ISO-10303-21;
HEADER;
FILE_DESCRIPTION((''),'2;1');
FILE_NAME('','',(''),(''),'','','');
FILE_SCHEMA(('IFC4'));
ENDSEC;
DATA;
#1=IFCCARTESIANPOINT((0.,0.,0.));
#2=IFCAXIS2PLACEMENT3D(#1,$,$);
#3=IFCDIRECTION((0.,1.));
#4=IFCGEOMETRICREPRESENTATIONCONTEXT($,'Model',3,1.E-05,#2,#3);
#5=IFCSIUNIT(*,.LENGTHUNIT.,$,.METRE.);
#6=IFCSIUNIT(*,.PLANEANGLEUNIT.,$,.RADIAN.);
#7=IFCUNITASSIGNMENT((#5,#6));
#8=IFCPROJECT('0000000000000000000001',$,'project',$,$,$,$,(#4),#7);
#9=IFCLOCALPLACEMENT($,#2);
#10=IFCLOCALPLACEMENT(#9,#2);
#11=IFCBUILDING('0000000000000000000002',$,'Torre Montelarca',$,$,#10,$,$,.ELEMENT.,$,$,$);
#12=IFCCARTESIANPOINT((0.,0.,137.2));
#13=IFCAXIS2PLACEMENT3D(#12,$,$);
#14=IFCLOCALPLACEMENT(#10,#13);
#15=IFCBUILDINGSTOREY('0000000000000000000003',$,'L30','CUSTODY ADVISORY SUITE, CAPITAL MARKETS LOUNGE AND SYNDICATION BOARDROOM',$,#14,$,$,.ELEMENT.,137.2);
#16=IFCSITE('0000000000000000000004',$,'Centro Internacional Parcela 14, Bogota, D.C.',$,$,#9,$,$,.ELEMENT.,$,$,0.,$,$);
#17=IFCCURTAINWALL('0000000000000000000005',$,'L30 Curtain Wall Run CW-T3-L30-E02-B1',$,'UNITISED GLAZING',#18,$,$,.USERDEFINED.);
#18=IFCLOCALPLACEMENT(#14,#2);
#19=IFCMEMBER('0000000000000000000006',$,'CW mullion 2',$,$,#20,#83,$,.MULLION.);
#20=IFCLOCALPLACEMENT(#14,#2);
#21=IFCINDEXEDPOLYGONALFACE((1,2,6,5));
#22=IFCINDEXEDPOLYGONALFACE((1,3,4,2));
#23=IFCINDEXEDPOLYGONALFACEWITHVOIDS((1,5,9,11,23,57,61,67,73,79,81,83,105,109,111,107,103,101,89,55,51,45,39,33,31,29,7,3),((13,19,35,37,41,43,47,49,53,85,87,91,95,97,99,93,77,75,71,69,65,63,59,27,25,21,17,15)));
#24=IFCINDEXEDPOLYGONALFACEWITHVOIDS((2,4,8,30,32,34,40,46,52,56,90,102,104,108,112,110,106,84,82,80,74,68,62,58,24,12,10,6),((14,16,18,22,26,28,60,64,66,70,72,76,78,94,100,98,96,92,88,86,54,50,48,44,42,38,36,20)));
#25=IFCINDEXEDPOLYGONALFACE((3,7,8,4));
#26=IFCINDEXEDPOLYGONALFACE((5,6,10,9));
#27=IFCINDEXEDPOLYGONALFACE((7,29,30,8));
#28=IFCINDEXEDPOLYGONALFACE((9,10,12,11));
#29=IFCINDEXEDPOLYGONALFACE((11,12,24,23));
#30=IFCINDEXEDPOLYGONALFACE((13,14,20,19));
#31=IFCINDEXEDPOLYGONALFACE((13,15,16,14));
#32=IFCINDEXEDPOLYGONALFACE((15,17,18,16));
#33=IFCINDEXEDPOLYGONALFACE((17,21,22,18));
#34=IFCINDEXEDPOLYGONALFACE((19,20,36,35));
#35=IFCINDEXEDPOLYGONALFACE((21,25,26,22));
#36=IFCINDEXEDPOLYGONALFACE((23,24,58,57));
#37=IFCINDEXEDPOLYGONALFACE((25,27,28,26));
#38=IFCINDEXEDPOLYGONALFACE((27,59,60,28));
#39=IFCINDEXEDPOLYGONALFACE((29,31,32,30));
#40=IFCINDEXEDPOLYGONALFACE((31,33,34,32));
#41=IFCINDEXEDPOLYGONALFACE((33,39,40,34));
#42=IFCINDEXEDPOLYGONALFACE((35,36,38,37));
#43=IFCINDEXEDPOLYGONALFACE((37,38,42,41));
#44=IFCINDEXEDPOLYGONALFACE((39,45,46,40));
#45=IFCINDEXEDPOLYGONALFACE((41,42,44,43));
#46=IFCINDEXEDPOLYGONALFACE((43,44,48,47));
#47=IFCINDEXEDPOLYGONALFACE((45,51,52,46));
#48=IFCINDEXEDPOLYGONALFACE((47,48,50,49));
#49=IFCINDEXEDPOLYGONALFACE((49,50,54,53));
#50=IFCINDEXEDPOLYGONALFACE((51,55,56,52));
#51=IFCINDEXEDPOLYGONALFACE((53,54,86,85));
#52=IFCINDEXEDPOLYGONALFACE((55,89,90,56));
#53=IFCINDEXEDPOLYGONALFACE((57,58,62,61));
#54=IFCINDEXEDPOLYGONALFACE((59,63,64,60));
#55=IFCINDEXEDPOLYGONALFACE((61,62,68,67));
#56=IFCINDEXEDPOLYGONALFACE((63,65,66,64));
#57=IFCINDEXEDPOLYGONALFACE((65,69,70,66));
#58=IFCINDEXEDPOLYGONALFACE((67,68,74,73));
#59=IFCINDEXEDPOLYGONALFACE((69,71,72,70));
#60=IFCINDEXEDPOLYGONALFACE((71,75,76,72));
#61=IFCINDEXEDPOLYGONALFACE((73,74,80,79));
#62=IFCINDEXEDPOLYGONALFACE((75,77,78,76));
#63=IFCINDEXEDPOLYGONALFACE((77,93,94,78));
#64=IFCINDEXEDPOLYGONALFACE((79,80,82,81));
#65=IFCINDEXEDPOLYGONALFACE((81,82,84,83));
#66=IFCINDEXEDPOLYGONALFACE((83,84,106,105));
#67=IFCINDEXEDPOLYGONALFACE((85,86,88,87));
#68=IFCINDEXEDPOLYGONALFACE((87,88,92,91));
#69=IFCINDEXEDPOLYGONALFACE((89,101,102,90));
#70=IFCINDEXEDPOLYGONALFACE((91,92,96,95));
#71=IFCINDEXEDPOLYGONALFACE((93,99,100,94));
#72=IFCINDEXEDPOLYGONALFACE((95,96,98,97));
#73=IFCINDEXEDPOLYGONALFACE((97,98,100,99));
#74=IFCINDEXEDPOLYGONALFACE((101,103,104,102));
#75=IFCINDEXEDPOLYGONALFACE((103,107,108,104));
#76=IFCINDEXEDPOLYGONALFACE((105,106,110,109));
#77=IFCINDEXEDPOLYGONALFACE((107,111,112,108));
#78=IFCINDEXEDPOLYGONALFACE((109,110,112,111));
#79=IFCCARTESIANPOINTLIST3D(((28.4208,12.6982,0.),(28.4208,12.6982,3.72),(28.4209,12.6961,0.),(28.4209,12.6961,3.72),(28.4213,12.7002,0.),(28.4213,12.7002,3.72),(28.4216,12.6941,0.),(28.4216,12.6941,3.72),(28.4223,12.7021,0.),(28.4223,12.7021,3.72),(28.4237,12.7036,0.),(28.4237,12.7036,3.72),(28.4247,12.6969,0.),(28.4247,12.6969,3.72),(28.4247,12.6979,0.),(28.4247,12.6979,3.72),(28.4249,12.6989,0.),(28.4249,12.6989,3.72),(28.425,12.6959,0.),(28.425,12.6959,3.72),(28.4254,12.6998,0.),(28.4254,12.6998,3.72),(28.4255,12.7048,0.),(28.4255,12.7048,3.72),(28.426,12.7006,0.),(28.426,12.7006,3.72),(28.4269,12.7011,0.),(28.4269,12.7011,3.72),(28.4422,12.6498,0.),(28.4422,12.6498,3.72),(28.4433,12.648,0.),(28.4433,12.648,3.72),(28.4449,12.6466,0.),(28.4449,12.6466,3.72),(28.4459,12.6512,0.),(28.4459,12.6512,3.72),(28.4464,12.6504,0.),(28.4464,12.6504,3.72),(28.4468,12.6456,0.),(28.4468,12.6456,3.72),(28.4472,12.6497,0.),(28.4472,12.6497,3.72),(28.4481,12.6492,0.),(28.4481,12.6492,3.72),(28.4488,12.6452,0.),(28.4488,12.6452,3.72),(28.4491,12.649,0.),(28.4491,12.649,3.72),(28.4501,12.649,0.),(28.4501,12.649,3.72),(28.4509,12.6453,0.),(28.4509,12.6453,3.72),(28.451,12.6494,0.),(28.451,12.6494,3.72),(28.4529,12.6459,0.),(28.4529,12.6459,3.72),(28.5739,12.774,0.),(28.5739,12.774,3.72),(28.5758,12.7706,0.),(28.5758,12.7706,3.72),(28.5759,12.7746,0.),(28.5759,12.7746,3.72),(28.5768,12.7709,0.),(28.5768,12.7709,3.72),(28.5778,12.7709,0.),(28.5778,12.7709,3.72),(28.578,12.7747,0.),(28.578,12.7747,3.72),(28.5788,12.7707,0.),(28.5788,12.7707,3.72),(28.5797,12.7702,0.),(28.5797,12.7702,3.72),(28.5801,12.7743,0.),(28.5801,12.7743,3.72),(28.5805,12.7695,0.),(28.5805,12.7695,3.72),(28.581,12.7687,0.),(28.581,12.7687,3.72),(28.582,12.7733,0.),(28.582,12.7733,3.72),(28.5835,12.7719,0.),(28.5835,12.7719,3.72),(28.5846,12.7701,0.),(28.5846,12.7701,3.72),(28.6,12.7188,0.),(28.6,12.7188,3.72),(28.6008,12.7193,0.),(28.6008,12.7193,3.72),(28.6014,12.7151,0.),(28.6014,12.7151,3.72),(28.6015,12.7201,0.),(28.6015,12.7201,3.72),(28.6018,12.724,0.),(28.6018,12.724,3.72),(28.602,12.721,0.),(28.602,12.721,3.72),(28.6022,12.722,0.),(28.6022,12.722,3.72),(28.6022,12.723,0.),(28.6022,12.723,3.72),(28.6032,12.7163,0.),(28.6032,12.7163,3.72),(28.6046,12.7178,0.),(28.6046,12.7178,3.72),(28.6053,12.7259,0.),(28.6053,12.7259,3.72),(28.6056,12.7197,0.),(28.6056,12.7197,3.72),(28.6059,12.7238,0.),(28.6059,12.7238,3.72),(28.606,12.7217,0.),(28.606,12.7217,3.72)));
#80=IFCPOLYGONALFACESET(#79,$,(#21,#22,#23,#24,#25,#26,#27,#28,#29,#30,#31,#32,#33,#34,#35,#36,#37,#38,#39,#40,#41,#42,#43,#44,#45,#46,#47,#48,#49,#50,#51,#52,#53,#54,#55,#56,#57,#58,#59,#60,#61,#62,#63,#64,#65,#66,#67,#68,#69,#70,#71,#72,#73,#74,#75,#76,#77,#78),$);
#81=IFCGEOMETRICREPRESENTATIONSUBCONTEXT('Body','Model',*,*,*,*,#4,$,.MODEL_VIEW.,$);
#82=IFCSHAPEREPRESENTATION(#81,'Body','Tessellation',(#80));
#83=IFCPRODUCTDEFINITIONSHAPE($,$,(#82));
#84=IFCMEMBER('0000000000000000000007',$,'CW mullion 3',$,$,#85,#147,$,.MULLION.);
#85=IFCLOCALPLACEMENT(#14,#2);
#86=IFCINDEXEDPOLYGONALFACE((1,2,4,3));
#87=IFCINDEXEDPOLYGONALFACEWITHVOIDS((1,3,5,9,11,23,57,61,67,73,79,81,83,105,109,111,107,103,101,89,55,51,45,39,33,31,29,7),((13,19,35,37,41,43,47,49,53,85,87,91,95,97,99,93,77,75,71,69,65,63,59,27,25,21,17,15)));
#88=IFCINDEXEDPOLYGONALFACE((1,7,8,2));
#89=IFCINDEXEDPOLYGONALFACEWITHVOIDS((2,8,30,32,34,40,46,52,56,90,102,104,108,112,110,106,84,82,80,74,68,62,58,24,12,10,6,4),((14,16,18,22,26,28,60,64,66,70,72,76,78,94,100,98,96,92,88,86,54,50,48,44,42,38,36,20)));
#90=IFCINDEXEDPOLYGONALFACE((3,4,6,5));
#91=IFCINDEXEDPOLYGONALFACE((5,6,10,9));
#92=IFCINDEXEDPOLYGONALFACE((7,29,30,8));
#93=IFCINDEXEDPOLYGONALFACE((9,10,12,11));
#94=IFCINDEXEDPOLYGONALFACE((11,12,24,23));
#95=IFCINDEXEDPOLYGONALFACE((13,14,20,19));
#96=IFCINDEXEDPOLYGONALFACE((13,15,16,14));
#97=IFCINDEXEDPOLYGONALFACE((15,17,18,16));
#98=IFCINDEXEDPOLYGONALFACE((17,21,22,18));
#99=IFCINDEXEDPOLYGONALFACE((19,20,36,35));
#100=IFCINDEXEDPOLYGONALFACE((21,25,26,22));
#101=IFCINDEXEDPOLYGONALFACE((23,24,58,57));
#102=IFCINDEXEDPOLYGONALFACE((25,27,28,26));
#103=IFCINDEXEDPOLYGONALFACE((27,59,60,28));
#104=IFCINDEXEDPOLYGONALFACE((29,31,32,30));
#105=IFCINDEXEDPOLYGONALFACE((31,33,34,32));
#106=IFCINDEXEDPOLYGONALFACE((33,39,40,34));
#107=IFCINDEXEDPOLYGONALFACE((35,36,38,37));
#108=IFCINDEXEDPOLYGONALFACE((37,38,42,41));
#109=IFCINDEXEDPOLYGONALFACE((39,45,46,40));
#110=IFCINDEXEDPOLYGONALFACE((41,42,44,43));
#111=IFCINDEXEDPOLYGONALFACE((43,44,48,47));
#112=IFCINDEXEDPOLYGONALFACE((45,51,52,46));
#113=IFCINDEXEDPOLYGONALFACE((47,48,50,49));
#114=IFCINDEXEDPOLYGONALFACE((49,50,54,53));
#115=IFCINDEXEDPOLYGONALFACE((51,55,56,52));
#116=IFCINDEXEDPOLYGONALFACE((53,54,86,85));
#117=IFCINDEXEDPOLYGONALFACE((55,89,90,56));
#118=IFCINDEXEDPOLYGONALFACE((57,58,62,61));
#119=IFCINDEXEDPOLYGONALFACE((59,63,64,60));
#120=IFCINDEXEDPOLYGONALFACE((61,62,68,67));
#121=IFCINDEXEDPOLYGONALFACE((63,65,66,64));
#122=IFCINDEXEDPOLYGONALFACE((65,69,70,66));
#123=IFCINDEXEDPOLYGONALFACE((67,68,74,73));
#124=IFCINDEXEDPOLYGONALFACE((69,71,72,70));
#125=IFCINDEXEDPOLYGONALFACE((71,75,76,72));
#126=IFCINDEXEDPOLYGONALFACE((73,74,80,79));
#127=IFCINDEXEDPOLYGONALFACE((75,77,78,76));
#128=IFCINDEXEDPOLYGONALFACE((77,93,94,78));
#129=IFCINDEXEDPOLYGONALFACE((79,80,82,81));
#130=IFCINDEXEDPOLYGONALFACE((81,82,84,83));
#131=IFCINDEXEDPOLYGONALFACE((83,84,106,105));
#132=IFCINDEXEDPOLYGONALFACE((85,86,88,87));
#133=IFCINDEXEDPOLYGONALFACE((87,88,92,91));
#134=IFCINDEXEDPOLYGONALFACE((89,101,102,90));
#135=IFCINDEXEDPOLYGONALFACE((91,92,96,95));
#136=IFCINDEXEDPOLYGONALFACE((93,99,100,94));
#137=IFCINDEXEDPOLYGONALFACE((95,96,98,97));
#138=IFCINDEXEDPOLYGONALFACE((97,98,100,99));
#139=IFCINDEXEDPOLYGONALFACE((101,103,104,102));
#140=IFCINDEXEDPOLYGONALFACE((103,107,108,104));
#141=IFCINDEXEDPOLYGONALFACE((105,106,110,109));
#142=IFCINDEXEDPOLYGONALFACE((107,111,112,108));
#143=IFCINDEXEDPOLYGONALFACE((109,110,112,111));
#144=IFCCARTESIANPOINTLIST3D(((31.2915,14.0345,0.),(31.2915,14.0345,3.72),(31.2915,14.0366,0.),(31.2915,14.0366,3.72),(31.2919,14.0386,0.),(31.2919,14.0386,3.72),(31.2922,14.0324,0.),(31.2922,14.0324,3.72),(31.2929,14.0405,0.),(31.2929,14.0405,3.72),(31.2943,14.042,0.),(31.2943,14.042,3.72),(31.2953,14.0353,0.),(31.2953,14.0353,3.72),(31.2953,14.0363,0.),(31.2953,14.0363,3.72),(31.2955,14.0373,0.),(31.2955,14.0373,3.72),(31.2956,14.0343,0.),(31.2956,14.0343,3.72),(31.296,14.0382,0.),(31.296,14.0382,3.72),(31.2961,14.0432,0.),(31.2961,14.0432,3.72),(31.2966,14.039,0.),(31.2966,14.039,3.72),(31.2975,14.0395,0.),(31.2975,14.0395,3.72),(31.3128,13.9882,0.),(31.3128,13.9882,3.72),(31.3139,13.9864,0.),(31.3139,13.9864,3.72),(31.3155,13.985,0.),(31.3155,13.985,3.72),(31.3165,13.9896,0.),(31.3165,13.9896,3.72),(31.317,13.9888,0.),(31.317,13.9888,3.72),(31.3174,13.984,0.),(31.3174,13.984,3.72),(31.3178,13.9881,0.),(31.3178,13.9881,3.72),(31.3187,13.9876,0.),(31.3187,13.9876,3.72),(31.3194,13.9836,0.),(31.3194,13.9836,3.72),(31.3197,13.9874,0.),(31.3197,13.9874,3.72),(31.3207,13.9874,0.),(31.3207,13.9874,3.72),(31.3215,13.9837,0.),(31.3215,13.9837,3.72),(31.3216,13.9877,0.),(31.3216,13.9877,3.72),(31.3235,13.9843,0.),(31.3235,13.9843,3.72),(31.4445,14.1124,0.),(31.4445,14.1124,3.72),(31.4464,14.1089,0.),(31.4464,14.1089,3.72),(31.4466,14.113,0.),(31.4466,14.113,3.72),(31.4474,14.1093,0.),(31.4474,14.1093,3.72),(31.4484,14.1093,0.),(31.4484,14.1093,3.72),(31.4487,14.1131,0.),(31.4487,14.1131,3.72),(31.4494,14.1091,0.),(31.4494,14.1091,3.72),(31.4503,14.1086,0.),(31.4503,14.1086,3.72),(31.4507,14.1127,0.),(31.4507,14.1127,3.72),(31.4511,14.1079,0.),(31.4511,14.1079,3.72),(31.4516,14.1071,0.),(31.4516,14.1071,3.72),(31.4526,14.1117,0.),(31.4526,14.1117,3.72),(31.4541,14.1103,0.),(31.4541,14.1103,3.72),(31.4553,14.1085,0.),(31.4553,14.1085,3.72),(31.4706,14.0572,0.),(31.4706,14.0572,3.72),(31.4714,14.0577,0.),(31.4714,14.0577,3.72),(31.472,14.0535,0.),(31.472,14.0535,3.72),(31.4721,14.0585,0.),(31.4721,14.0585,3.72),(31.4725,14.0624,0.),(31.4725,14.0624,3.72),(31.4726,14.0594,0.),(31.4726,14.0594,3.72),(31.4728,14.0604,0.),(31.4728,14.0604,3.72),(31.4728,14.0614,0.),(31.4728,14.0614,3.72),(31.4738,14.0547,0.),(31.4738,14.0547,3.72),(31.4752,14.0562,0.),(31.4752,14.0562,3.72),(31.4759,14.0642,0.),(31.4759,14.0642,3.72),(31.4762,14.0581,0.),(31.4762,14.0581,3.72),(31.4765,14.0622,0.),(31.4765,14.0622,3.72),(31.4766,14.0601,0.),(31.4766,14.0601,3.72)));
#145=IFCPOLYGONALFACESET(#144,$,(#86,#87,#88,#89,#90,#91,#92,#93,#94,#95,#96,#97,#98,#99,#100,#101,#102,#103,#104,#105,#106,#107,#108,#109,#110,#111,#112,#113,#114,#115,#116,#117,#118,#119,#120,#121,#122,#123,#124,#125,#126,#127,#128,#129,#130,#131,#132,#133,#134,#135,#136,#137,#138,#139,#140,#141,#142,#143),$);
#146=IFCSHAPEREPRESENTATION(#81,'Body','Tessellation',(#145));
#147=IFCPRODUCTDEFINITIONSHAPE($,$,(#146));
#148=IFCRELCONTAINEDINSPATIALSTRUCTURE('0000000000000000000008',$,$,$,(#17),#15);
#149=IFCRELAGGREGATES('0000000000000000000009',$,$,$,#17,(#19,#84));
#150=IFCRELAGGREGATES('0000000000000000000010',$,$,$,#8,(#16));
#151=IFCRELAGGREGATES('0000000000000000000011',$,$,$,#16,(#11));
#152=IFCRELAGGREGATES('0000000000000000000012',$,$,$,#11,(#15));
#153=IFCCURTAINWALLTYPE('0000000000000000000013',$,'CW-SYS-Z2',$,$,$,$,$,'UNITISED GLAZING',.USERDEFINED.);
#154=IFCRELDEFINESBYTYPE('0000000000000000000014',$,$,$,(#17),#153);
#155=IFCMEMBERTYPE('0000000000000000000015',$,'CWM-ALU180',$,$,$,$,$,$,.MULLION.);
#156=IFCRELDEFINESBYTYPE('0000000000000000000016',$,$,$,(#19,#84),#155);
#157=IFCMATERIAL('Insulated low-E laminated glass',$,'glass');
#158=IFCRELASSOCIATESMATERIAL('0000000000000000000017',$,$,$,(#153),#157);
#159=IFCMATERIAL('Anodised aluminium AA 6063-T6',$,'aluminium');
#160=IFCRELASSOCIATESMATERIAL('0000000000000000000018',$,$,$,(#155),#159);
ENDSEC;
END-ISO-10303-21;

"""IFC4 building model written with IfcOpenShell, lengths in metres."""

from ifc_helpers import new_model, si_unit, direction, frame, origin, origin_2d, place, context, subcontext, project, spatial, hollow_rectangle, extrude, source, transform, mapped, material, material_profile, profile_set, type_object, element, aggregate, save


model = new_model("IFC4")

# Units and contexts
model_context = context("Model", 3, precision=1e-05, world=origin(), true_north=direction((0.0, 1.0)))
body_context = subcontext(model_context, "Body", "Model", "MODEL_VIEW")
ifc_project = project(units=[si_unit("LENGTHUNIT", "METRE"), si_unit("PLANEANGLEUNIT", "RADIAN")], contexts=[model_context])

# Site, building, storey
site_placement = place(None, origin())
site = spatial("IfcSite", under=ifc_project, at=site_placement, Name="Centro Internacional Parcela 14, Bogota, D.C.", CompositionType="ELEMENT", RefElevation=0.0)
building_placement = place(site_placement, origin())
building = spatial("IfcBuilding", under=site, at=building_placement, Name="Torre Montelarca", CompositionType="ELEMENT")
storey_placement = place(building_placement, frame((0.0, 0.0, 137.2)))
storey = spatial("IfcBuildingStorey", under=building, at=storey_placement, Name="L30", Description="CUSTODY ADVISORY SUITE, CAPITAL MARKETS LOUNGE AND SYNDICATION BOARDROOM", CompositionType="ELEMENT", Elevation=137.2)

# Curtain wall
ifc_material_1 = material(Name="Insulated low-E laminated glass", Category="glass")
curtain_wall_type = type_object("IfcCurtainWallType", Name="CW-SYS-Z2", ElementType="UNITISED GLAZING", PredefinedType="USERDEFINED", material=ifc_material_1)
curtain_wall_1_placement = place(storey_placement, origin())
curtain_wall_1 = element("IfcCurtainWall", 1, at=curtain_wall_1_placement, inside=storey, type_object=curtain_wall_type, Name="L30 Curtain Wall Run CW-T3-L30-E02-B1", ObjectType="UNITISED GLAZING", PredefinedType="USERDEFINED")
ifc_material_2 = material(Name="Anodised aluminium AA 6063-T6", Category="aluminium")

# Shared definitions
ifc_material_profile_1 = material_profile(ifc_material_2, hollow_rectangle(XDim=0.0649, YDim=0.1799, WallThickness=0.0039, InnerFilletRadius=0.0039, OuterFilletRadius=0.0081, at=origin_2d()), Name="ALU65X180X4", Category="aluminium")
ifc_profile_set_1 = profile_set([ifc_material_profile_1], Name="Anodised aluminium AA 6063-T6")
member_type_1 = type_object("IfcMemberType", Name="CWM-ALU180", PredefinedType="MULLION", material=ifc_profile_set_1)
shared_shape_1 = source(origin(), body_context, "Body", "SweptSolid", [
    extrude(hollow_rectangle(XDim=0.0649, YDim=0.1799, WallThickness=0.0039, InnerFilletRadius=0.0039, OuterFilletRadius=0.0081, at=origin_2d()), origin(), (0.0, 0.0, 1.0), 3.72),
])

# Members
member_1_placement = place(storey_placement, frame((28.5134, 12.71, 0.0), z_axis=(0.0, 0.0, 1.0), x_axis=(-0.422589, 0.906321, 0.0)))
member_1 = element("IfcMember", 2, at=member_1_placement, type_object=member_type_1, Name="CW mullion 2", PredefinedType="MULLION", context=body_context, shape_type="MappedRepresentation", body=[
    mapped(shared_shape_1, transform((0.0, 0.0, 0.0), scale=1.0)),
])
member_2_placement = place(storey_placement, frame((31.384, 14.0483, 0.0), z_axis=(0.0, 0.0, 1.0), x_axis=(-0.422589, 0.906321, 0.0)))
member_2 = element("IfcMember", 3, at=member_2_placement, type_object=member_type_1, Name="CW mullion 3", PredefinedType="MULLION", context=body_context, shape_type="MappedRepresentation", body=[
    mapped(shared_shape_1, transform((0.0, 0.0, 0.0), scale=1.0)),
])

aggregate(curtain_wall_1, [member_1, member_2])

save(model, "model.ifc")
